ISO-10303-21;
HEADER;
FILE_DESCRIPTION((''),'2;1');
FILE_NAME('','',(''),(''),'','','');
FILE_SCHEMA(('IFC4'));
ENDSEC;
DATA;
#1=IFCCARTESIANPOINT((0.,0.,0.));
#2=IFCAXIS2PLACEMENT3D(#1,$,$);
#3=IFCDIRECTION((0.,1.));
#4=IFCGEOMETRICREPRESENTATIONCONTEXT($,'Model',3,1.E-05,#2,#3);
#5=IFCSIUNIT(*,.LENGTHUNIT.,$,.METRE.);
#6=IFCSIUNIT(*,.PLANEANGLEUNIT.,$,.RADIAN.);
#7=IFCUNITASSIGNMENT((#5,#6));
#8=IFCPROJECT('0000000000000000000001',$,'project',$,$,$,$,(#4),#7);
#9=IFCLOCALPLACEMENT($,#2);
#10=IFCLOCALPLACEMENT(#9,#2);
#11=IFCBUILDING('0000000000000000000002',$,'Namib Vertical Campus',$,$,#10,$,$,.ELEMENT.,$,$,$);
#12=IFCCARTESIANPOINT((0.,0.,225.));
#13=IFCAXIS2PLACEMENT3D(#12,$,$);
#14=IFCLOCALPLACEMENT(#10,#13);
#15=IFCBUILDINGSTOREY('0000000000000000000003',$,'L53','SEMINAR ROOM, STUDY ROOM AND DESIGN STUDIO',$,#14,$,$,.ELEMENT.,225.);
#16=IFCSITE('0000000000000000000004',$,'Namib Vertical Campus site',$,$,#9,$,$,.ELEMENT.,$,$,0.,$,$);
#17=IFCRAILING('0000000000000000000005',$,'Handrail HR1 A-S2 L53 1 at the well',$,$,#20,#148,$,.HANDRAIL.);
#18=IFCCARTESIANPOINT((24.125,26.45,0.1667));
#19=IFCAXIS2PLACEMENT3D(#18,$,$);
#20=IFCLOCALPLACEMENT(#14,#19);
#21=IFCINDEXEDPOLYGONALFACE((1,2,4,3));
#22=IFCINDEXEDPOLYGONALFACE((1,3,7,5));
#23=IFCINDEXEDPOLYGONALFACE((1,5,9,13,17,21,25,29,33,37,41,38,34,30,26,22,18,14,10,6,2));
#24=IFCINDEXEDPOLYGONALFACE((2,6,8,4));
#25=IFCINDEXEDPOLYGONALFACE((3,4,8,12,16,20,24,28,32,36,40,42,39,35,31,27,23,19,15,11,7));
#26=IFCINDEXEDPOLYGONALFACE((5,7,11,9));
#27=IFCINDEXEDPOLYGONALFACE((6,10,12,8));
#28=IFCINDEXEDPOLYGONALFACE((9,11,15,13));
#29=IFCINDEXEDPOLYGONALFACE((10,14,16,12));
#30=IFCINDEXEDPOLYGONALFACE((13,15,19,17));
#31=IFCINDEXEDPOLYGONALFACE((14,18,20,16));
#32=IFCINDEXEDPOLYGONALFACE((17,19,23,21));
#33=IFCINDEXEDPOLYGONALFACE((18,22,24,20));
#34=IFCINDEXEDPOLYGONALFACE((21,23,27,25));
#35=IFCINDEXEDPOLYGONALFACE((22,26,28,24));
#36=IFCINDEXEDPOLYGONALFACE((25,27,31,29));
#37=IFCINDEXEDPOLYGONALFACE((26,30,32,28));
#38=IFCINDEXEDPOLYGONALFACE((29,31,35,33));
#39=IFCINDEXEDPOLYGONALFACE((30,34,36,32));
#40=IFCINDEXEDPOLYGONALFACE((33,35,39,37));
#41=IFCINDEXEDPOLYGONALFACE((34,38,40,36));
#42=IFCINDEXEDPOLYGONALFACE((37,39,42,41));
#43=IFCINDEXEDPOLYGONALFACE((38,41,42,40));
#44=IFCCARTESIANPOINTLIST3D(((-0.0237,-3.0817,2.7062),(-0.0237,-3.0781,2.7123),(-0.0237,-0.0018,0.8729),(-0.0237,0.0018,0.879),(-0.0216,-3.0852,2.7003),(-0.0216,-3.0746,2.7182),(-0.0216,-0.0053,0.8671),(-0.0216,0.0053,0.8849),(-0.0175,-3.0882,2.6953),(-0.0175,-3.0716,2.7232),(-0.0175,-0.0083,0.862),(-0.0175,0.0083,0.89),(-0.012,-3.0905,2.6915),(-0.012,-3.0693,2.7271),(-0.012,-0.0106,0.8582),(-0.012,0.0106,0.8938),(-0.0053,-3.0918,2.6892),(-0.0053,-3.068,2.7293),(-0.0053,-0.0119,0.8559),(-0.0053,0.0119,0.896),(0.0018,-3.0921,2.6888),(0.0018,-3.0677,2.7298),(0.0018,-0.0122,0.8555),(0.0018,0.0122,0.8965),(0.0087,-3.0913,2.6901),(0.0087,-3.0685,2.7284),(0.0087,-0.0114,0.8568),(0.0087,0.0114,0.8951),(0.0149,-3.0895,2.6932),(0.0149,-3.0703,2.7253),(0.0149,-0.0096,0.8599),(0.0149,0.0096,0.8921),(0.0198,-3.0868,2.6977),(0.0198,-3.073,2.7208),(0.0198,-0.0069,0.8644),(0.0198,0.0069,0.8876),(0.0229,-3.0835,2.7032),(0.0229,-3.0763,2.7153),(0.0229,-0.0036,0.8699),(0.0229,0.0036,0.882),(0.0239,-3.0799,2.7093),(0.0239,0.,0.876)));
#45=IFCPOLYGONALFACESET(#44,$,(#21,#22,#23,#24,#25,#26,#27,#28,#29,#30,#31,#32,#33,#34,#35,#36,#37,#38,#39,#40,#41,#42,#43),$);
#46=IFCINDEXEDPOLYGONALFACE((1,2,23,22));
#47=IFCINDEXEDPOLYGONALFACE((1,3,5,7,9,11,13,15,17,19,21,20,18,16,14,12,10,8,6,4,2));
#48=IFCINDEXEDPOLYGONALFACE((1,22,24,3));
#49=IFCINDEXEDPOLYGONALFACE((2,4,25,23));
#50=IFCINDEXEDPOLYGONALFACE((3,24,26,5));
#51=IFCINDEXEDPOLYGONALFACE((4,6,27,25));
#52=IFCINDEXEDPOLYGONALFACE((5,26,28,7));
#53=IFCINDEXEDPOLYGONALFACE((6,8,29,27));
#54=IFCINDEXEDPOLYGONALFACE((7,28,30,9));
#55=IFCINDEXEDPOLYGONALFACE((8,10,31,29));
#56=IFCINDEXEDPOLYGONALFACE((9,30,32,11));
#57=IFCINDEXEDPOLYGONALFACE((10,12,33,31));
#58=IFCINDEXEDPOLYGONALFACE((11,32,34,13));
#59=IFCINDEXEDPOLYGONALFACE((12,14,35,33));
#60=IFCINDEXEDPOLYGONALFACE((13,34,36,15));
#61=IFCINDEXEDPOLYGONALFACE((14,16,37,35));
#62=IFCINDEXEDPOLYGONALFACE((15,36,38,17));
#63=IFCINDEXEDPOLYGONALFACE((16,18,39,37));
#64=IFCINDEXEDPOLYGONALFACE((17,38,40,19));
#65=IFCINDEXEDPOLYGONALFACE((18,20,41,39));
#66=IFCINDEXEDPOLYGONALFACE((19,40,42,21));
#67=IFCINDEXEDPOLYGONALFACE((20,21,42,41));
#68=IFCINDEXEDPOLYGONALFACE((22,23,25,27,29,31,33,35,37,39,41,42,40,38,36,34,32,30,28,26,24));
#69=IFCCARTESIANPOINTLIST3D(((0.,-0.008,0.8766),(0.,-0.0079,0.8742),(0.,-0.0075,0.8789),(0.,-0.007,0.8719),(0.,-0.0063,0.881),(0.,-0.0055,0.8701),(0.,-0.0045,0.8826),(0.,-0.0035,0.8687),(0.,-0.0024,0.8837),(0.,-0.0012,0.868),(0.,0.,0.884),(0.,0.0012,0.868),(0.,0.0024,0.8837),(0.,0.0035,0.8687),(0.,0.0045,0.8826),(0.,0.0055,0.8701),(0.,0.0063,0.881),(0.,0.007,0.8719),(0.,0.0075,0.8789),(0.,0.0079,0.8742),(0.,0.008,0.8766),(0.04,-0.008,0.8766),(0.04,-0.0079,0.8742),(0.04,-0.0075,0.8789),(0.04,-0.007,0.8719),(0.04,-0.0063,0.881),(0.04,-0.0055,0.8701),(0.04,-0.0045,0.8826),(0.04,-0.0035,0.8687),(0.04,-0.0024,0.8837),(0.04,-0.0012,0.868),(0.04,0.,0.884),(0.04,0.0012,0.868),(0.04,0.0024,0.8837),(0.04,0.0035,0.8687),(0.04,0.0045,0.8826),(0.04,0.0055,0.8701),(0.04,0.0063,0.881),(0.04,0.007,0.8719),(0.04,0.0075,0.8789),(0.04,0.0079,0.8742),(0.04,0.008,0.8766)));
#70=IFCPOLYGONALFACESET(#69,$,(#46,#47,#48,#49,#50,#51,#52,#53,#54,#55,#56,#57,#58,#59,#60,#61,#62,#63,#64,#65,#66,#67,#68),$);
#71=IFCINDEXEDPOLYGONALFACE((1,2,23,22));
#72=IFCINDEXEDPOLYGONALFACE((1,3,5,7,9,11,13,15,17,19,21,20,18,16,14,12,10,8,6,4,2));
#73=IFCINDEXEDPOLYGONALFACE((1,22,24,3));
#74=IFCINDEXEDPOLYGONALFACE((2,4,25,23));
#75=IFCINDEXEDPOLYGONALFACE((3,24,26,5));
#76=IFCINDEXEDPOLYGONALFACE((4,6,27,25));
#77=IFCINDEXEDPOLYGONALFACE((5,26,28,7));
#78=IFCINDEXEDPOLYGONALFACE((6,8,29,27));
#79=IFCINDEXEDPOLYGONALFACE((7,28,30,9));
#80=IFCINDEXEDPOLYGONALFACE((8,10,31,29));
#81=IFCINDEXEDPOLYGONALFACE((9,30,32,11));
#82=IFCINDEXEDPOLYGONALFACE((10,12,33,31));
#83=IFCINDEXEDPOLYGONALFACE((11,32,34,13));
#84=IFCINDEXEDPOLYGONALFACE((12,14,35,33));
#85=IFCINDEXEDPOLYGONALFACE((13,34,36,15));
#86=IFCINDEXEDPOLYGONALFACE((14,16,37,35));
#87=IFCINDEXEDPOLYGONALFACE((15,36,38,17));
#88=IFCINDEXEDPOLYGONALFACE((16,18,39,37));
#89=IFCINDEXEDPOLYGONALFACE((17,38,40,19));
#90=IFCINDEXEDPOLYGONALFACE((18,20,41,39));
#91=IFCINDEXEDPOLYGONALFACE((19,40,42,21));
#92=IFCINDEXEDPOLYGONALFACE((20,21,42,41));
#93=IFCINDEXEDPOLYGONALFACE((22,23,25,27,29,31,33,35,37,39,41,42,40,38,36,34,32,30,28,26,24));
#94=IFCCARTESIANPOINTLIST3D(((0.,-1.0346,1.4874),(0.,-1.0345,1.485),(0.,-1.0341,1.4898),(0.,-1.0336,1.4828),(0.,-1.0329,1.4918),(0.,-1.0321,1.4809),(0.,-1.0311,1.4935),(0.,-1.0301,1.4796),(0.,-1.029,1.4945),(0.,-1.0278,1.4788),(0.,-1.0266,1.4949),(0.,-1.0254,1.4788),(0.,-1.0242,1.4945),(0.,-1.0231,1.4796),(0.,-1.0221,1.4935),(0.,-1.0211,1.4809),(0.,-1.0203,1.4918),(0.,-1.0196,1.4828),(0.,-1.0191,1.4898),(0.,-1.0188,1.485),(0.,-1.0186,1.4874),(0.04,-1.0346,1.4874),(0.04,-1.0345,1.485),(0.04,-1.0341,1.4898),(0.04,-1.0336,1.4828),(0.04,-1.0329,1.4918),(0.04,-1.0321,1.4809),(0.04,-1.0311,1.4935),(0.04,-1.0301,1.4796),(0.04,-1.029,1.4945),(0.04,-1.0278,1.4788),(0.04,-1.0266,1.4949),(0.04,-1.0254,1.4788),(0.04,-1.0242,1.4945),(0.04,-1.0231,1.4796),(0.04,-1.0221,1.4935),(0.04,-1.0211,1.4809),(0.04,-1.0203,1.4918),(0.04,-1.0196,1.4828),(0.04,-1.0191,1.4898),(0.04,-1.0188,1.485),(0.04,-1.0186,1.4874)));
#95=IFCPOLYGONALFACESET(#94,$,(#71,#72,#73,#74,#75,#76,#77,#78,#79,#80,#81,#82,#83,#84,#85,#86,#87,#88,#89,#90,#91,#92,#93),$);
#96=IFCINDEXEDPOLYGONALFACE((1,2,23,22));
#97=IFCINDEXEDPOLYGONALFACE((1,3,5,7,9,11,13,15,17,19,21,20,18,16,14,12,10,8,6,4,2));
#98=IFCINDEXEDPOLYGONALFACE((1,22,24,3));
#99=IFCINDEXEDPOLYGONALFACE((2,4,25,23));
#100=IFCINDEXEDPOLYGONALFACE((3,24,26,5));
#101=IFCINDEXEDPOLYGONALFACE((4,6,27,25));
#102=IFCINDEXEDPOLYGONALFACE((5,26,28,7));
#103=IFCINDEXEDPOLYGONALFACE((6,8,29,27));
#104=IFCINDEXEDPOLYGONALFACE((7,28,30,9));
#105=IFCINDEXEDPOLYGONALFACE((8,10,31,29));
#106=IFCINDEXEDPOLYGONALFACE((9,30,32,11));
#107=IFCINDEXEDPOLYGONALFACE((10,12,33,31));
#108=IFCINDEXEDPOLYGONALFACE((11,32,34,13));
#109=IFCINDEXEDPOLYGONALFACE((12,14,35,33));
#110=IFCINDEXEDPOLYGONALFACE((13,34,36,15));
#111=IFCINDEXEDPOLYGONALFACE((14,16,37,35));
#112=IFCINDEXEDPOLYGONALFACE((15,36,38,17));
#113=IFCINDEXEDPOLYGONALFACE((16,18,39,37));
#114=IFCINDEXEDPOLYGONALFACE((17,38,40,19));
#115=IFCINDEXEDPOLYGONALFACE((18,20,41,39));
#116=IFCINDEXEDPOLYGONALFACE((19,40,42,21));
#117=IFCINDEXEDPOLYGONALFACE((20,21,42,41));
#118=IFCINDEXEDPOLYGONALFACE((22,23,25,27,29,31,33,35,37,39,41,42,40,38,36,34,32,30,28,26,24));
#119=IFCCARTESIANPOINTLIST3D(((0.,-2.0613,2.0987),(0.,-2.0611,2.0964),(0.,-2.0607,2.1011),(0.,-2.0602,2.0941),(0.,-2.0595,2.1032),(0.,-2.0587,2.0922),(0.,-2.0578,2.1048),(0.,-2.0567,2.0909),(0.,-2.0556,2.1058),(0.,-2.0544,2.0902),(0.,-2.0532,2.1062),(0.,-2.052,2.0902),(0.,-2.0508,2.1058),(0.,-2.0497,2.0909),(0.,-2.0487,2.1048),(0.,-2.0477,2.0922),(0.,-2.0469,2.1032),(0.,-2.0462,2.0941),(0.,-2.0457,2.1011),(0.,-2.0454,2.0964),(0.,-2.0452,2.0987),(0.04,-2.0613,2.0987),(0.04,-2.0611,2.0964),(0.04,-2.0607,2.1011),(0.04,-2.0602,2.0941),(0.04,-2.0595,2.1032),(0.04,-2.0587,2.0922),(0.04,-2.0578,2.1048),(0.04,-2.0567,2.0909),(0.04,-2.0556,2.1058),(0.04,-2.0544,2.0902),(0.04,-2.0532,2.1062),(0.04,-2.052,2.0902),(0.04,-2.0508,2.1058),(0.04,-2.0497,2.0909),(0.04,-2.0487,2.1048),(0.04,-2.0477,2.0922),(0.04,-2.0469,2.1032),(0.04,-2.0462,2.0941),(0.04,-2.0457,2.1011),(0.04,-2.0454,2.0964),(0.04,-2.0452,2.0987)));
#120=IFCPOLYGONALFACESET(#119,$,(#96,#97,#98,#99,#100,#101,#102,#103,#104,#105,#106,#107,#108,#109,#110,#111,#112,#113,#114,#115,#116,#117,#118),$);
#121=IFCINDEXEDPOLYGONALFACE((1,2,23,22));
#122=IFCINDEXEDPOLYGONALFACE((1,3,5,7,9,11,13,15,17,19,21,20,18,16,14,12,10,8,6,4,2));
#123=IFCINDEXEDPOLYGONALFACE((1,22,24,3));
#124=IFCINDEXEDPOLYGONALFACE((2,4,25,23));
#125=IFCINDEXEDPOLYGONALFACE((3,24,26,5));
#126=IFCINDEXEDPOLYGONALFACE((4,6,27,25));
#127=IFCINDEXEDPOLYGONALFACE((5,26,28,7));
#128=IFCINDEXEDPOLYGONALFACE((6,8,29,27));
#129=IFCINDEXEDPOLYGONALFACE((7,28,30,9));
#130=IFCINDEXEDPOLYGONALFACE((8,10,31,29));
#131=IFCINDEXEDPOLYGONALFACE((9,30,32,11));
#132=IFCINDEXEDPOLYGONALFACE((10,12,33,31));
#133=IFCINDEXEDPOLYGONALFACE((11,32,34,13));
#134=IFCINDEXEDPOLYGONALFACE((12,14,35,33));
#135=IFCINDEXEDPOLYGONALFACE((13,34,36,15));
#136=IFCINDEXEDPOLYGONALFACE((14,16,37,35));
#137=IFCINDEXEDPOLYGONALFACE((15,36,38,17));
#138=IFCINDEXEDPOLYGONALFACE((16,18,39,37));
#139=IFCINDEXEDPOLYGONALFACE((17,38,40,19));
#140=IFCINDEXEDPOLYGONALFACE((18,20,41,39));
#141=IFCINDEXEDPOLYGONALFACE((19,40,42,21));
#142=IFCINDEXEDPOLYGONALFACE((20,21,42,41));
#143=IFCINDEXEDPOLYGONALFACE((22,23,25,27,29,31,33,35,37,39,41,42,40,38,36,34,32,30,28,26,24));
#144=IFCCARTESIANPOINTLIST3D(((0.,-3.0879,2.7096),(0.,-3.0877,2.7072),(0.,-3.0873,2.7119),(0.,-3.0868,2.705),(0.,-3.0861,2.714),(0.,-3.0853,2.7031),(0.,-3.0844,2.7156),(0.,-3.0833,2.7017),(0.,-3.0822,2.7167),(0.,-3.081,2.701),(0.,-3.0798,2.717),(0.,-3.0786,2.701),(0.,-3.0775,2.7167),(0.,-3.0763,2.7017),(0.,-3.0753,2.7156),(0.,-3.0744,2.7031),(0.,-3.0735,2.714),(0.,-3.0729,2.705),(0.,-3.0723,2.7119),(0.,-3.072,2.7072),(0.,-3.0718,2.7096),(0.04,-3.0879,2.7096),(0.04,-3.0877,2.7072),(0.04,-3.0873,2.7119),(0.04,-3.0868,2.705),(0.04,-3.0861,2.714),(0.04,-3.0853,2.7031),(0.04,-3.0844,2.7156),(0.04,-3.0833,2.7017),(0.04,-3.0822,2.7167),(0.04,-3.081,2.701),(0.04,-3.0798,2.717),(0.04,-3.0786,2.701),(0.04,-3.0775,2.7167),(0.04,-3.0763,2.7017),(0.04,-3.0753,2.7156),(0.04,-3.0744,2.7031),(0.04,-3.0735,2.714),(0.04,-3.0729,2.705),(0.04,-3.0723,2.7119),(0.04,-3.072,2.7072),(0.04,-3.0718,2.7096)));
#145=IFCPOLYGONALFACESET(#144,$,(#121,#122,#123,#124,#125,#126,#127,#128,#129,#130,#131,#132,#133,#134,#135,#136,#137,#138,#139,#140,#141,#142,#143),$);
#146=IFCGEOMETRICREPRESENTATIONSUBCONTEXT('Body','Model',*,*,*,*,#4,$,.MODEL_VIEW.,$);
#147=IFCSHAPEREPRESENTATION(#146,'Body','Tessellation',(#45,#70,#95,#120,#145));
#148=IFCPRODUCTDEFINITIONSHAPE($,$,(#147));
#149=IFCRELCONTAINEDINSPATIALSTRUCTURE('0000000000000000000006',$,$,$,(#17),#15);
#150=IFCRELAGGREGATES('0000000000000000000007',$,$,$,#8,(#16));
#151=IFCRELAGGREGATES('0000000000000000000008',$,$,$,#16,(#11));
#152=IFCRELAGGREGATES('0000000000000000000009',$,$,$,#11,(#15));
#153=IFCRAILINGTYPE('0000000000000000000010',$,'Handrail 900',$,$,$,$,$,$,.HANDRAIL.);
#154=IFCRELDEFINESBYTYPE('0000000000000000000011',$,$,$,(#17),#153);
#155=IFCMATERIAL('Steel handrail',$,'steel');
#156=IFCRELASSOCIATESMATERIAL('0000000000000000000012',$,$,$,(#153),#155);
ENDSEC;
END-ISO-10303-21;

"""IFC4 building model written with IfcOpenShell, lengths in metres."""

from ifc_helpers import new_model, si_unit, direction, frame, origin, origin_2d, place, context, subcontext, project, spatial, circle, extrude, material, type_object, element, save


model = new_model("IFC4")

# Units and contexts
model_context = context("Model", 3, precision=1e-05, world=origin(), true_north=direction((0.0, 1.0)))
body_context = subcontext(model_context, "Body", "Model", "MODEL_VIEW")
ifc_project = project(units=[si_unit("LENGTHUNIT", "METRE"), si_unit("PLANEANGLEUNIT", "RADIAN")], contexts=[model_context])

# Site, building, storey
site_placement = place(None, origin())
site = spatial("IfcSite", under=ifc_project, at=site_placement, Name="Namib Vertical Campus site", CompositionType="ELEMENT", RefElevation=0.0)
building_placement = place(site_placement, origin())
building = spatial("IfcBuilding", under=site, at=building_placement, Name="Namib Vertical Campus", CompositionType="ELEMENT")
storey_placement = place(building_placement, frame((0.0, 0.0, 225.0)))
storey = spatial("IfcBuildingStorey", under=building, at=storey_placement, Name="L53", Description="SEMINAR ROOM, STUDY ROOM AND DESIGN STUDIO", CompositionType="ELEMENT", Elevation=225.0)

# Railing
ifc_material_1 = material(Name="Steel handrail", Category="steel")
railing_type_1 = type_object("IfcRailingType", Name="Handrail 900", PredefinedType="HANDRAIL", material=ifc_material_1)
railing_1_placement = place(storey_placement, frame((24.125, 26.45, 0.1667)))
element("IfcRailing", 1, at=railing_1_placement, inside=storey, type_object=railing_type_1, Name="Handrail HR1 A-S2 L53 1 at the well", PredefinedType="HANDRAIL", context=body_context, shape_type="SweptSolid", body=[
    extrude(circle(Radius=0.0239, at=origin_2d()), frame((0.0, 0.0, 0.876), z_axis=(0.0, -0.859291, 0.511487), x_axis=(1.0, 0.0, 0.0)), (0.0, 0.0, 1.0), 3.5842),
    extrude(circle(Radius=0.0081, at=origin_2d()), frame((0.0, 0.0, 0.876), z_axis=(1.0, 0.0, 0.0), x_axis=(0.0, 0.0, 1.0)), (0.0, 0.0, 1.0), 0.04),
    extrude(circle(Radius=0.0081, at=origin_2d()), frame((0.0, -1.0266, 1.4868), z_axis=(1.0, 0.0, 0.0), x_axis=(0.0, 0.0, 1.0)), (0.0, 0.0, 1.0), 0.04),
    extrude(circle(Radius=0.0081, at=origin_2d()), frame((0.0, -2.0532, 2.0981), z_axis=(1.0, 0.0, 0.0), x_axis=(0.0, 0.0, 1.0)), (0.0, 0.0, 1.0), 0.04),
    extrude(circle(Radius=0.0081, at=origin_2d()), frame((0.0, -3.0798, 2.709), z_axis=(1.0, 0.0, 0.0), x_axis=(0.0, 0.0, 1.0)), (0.0, 0.0, 1.0), 0.04),
])

save(model, "model.ifc")
